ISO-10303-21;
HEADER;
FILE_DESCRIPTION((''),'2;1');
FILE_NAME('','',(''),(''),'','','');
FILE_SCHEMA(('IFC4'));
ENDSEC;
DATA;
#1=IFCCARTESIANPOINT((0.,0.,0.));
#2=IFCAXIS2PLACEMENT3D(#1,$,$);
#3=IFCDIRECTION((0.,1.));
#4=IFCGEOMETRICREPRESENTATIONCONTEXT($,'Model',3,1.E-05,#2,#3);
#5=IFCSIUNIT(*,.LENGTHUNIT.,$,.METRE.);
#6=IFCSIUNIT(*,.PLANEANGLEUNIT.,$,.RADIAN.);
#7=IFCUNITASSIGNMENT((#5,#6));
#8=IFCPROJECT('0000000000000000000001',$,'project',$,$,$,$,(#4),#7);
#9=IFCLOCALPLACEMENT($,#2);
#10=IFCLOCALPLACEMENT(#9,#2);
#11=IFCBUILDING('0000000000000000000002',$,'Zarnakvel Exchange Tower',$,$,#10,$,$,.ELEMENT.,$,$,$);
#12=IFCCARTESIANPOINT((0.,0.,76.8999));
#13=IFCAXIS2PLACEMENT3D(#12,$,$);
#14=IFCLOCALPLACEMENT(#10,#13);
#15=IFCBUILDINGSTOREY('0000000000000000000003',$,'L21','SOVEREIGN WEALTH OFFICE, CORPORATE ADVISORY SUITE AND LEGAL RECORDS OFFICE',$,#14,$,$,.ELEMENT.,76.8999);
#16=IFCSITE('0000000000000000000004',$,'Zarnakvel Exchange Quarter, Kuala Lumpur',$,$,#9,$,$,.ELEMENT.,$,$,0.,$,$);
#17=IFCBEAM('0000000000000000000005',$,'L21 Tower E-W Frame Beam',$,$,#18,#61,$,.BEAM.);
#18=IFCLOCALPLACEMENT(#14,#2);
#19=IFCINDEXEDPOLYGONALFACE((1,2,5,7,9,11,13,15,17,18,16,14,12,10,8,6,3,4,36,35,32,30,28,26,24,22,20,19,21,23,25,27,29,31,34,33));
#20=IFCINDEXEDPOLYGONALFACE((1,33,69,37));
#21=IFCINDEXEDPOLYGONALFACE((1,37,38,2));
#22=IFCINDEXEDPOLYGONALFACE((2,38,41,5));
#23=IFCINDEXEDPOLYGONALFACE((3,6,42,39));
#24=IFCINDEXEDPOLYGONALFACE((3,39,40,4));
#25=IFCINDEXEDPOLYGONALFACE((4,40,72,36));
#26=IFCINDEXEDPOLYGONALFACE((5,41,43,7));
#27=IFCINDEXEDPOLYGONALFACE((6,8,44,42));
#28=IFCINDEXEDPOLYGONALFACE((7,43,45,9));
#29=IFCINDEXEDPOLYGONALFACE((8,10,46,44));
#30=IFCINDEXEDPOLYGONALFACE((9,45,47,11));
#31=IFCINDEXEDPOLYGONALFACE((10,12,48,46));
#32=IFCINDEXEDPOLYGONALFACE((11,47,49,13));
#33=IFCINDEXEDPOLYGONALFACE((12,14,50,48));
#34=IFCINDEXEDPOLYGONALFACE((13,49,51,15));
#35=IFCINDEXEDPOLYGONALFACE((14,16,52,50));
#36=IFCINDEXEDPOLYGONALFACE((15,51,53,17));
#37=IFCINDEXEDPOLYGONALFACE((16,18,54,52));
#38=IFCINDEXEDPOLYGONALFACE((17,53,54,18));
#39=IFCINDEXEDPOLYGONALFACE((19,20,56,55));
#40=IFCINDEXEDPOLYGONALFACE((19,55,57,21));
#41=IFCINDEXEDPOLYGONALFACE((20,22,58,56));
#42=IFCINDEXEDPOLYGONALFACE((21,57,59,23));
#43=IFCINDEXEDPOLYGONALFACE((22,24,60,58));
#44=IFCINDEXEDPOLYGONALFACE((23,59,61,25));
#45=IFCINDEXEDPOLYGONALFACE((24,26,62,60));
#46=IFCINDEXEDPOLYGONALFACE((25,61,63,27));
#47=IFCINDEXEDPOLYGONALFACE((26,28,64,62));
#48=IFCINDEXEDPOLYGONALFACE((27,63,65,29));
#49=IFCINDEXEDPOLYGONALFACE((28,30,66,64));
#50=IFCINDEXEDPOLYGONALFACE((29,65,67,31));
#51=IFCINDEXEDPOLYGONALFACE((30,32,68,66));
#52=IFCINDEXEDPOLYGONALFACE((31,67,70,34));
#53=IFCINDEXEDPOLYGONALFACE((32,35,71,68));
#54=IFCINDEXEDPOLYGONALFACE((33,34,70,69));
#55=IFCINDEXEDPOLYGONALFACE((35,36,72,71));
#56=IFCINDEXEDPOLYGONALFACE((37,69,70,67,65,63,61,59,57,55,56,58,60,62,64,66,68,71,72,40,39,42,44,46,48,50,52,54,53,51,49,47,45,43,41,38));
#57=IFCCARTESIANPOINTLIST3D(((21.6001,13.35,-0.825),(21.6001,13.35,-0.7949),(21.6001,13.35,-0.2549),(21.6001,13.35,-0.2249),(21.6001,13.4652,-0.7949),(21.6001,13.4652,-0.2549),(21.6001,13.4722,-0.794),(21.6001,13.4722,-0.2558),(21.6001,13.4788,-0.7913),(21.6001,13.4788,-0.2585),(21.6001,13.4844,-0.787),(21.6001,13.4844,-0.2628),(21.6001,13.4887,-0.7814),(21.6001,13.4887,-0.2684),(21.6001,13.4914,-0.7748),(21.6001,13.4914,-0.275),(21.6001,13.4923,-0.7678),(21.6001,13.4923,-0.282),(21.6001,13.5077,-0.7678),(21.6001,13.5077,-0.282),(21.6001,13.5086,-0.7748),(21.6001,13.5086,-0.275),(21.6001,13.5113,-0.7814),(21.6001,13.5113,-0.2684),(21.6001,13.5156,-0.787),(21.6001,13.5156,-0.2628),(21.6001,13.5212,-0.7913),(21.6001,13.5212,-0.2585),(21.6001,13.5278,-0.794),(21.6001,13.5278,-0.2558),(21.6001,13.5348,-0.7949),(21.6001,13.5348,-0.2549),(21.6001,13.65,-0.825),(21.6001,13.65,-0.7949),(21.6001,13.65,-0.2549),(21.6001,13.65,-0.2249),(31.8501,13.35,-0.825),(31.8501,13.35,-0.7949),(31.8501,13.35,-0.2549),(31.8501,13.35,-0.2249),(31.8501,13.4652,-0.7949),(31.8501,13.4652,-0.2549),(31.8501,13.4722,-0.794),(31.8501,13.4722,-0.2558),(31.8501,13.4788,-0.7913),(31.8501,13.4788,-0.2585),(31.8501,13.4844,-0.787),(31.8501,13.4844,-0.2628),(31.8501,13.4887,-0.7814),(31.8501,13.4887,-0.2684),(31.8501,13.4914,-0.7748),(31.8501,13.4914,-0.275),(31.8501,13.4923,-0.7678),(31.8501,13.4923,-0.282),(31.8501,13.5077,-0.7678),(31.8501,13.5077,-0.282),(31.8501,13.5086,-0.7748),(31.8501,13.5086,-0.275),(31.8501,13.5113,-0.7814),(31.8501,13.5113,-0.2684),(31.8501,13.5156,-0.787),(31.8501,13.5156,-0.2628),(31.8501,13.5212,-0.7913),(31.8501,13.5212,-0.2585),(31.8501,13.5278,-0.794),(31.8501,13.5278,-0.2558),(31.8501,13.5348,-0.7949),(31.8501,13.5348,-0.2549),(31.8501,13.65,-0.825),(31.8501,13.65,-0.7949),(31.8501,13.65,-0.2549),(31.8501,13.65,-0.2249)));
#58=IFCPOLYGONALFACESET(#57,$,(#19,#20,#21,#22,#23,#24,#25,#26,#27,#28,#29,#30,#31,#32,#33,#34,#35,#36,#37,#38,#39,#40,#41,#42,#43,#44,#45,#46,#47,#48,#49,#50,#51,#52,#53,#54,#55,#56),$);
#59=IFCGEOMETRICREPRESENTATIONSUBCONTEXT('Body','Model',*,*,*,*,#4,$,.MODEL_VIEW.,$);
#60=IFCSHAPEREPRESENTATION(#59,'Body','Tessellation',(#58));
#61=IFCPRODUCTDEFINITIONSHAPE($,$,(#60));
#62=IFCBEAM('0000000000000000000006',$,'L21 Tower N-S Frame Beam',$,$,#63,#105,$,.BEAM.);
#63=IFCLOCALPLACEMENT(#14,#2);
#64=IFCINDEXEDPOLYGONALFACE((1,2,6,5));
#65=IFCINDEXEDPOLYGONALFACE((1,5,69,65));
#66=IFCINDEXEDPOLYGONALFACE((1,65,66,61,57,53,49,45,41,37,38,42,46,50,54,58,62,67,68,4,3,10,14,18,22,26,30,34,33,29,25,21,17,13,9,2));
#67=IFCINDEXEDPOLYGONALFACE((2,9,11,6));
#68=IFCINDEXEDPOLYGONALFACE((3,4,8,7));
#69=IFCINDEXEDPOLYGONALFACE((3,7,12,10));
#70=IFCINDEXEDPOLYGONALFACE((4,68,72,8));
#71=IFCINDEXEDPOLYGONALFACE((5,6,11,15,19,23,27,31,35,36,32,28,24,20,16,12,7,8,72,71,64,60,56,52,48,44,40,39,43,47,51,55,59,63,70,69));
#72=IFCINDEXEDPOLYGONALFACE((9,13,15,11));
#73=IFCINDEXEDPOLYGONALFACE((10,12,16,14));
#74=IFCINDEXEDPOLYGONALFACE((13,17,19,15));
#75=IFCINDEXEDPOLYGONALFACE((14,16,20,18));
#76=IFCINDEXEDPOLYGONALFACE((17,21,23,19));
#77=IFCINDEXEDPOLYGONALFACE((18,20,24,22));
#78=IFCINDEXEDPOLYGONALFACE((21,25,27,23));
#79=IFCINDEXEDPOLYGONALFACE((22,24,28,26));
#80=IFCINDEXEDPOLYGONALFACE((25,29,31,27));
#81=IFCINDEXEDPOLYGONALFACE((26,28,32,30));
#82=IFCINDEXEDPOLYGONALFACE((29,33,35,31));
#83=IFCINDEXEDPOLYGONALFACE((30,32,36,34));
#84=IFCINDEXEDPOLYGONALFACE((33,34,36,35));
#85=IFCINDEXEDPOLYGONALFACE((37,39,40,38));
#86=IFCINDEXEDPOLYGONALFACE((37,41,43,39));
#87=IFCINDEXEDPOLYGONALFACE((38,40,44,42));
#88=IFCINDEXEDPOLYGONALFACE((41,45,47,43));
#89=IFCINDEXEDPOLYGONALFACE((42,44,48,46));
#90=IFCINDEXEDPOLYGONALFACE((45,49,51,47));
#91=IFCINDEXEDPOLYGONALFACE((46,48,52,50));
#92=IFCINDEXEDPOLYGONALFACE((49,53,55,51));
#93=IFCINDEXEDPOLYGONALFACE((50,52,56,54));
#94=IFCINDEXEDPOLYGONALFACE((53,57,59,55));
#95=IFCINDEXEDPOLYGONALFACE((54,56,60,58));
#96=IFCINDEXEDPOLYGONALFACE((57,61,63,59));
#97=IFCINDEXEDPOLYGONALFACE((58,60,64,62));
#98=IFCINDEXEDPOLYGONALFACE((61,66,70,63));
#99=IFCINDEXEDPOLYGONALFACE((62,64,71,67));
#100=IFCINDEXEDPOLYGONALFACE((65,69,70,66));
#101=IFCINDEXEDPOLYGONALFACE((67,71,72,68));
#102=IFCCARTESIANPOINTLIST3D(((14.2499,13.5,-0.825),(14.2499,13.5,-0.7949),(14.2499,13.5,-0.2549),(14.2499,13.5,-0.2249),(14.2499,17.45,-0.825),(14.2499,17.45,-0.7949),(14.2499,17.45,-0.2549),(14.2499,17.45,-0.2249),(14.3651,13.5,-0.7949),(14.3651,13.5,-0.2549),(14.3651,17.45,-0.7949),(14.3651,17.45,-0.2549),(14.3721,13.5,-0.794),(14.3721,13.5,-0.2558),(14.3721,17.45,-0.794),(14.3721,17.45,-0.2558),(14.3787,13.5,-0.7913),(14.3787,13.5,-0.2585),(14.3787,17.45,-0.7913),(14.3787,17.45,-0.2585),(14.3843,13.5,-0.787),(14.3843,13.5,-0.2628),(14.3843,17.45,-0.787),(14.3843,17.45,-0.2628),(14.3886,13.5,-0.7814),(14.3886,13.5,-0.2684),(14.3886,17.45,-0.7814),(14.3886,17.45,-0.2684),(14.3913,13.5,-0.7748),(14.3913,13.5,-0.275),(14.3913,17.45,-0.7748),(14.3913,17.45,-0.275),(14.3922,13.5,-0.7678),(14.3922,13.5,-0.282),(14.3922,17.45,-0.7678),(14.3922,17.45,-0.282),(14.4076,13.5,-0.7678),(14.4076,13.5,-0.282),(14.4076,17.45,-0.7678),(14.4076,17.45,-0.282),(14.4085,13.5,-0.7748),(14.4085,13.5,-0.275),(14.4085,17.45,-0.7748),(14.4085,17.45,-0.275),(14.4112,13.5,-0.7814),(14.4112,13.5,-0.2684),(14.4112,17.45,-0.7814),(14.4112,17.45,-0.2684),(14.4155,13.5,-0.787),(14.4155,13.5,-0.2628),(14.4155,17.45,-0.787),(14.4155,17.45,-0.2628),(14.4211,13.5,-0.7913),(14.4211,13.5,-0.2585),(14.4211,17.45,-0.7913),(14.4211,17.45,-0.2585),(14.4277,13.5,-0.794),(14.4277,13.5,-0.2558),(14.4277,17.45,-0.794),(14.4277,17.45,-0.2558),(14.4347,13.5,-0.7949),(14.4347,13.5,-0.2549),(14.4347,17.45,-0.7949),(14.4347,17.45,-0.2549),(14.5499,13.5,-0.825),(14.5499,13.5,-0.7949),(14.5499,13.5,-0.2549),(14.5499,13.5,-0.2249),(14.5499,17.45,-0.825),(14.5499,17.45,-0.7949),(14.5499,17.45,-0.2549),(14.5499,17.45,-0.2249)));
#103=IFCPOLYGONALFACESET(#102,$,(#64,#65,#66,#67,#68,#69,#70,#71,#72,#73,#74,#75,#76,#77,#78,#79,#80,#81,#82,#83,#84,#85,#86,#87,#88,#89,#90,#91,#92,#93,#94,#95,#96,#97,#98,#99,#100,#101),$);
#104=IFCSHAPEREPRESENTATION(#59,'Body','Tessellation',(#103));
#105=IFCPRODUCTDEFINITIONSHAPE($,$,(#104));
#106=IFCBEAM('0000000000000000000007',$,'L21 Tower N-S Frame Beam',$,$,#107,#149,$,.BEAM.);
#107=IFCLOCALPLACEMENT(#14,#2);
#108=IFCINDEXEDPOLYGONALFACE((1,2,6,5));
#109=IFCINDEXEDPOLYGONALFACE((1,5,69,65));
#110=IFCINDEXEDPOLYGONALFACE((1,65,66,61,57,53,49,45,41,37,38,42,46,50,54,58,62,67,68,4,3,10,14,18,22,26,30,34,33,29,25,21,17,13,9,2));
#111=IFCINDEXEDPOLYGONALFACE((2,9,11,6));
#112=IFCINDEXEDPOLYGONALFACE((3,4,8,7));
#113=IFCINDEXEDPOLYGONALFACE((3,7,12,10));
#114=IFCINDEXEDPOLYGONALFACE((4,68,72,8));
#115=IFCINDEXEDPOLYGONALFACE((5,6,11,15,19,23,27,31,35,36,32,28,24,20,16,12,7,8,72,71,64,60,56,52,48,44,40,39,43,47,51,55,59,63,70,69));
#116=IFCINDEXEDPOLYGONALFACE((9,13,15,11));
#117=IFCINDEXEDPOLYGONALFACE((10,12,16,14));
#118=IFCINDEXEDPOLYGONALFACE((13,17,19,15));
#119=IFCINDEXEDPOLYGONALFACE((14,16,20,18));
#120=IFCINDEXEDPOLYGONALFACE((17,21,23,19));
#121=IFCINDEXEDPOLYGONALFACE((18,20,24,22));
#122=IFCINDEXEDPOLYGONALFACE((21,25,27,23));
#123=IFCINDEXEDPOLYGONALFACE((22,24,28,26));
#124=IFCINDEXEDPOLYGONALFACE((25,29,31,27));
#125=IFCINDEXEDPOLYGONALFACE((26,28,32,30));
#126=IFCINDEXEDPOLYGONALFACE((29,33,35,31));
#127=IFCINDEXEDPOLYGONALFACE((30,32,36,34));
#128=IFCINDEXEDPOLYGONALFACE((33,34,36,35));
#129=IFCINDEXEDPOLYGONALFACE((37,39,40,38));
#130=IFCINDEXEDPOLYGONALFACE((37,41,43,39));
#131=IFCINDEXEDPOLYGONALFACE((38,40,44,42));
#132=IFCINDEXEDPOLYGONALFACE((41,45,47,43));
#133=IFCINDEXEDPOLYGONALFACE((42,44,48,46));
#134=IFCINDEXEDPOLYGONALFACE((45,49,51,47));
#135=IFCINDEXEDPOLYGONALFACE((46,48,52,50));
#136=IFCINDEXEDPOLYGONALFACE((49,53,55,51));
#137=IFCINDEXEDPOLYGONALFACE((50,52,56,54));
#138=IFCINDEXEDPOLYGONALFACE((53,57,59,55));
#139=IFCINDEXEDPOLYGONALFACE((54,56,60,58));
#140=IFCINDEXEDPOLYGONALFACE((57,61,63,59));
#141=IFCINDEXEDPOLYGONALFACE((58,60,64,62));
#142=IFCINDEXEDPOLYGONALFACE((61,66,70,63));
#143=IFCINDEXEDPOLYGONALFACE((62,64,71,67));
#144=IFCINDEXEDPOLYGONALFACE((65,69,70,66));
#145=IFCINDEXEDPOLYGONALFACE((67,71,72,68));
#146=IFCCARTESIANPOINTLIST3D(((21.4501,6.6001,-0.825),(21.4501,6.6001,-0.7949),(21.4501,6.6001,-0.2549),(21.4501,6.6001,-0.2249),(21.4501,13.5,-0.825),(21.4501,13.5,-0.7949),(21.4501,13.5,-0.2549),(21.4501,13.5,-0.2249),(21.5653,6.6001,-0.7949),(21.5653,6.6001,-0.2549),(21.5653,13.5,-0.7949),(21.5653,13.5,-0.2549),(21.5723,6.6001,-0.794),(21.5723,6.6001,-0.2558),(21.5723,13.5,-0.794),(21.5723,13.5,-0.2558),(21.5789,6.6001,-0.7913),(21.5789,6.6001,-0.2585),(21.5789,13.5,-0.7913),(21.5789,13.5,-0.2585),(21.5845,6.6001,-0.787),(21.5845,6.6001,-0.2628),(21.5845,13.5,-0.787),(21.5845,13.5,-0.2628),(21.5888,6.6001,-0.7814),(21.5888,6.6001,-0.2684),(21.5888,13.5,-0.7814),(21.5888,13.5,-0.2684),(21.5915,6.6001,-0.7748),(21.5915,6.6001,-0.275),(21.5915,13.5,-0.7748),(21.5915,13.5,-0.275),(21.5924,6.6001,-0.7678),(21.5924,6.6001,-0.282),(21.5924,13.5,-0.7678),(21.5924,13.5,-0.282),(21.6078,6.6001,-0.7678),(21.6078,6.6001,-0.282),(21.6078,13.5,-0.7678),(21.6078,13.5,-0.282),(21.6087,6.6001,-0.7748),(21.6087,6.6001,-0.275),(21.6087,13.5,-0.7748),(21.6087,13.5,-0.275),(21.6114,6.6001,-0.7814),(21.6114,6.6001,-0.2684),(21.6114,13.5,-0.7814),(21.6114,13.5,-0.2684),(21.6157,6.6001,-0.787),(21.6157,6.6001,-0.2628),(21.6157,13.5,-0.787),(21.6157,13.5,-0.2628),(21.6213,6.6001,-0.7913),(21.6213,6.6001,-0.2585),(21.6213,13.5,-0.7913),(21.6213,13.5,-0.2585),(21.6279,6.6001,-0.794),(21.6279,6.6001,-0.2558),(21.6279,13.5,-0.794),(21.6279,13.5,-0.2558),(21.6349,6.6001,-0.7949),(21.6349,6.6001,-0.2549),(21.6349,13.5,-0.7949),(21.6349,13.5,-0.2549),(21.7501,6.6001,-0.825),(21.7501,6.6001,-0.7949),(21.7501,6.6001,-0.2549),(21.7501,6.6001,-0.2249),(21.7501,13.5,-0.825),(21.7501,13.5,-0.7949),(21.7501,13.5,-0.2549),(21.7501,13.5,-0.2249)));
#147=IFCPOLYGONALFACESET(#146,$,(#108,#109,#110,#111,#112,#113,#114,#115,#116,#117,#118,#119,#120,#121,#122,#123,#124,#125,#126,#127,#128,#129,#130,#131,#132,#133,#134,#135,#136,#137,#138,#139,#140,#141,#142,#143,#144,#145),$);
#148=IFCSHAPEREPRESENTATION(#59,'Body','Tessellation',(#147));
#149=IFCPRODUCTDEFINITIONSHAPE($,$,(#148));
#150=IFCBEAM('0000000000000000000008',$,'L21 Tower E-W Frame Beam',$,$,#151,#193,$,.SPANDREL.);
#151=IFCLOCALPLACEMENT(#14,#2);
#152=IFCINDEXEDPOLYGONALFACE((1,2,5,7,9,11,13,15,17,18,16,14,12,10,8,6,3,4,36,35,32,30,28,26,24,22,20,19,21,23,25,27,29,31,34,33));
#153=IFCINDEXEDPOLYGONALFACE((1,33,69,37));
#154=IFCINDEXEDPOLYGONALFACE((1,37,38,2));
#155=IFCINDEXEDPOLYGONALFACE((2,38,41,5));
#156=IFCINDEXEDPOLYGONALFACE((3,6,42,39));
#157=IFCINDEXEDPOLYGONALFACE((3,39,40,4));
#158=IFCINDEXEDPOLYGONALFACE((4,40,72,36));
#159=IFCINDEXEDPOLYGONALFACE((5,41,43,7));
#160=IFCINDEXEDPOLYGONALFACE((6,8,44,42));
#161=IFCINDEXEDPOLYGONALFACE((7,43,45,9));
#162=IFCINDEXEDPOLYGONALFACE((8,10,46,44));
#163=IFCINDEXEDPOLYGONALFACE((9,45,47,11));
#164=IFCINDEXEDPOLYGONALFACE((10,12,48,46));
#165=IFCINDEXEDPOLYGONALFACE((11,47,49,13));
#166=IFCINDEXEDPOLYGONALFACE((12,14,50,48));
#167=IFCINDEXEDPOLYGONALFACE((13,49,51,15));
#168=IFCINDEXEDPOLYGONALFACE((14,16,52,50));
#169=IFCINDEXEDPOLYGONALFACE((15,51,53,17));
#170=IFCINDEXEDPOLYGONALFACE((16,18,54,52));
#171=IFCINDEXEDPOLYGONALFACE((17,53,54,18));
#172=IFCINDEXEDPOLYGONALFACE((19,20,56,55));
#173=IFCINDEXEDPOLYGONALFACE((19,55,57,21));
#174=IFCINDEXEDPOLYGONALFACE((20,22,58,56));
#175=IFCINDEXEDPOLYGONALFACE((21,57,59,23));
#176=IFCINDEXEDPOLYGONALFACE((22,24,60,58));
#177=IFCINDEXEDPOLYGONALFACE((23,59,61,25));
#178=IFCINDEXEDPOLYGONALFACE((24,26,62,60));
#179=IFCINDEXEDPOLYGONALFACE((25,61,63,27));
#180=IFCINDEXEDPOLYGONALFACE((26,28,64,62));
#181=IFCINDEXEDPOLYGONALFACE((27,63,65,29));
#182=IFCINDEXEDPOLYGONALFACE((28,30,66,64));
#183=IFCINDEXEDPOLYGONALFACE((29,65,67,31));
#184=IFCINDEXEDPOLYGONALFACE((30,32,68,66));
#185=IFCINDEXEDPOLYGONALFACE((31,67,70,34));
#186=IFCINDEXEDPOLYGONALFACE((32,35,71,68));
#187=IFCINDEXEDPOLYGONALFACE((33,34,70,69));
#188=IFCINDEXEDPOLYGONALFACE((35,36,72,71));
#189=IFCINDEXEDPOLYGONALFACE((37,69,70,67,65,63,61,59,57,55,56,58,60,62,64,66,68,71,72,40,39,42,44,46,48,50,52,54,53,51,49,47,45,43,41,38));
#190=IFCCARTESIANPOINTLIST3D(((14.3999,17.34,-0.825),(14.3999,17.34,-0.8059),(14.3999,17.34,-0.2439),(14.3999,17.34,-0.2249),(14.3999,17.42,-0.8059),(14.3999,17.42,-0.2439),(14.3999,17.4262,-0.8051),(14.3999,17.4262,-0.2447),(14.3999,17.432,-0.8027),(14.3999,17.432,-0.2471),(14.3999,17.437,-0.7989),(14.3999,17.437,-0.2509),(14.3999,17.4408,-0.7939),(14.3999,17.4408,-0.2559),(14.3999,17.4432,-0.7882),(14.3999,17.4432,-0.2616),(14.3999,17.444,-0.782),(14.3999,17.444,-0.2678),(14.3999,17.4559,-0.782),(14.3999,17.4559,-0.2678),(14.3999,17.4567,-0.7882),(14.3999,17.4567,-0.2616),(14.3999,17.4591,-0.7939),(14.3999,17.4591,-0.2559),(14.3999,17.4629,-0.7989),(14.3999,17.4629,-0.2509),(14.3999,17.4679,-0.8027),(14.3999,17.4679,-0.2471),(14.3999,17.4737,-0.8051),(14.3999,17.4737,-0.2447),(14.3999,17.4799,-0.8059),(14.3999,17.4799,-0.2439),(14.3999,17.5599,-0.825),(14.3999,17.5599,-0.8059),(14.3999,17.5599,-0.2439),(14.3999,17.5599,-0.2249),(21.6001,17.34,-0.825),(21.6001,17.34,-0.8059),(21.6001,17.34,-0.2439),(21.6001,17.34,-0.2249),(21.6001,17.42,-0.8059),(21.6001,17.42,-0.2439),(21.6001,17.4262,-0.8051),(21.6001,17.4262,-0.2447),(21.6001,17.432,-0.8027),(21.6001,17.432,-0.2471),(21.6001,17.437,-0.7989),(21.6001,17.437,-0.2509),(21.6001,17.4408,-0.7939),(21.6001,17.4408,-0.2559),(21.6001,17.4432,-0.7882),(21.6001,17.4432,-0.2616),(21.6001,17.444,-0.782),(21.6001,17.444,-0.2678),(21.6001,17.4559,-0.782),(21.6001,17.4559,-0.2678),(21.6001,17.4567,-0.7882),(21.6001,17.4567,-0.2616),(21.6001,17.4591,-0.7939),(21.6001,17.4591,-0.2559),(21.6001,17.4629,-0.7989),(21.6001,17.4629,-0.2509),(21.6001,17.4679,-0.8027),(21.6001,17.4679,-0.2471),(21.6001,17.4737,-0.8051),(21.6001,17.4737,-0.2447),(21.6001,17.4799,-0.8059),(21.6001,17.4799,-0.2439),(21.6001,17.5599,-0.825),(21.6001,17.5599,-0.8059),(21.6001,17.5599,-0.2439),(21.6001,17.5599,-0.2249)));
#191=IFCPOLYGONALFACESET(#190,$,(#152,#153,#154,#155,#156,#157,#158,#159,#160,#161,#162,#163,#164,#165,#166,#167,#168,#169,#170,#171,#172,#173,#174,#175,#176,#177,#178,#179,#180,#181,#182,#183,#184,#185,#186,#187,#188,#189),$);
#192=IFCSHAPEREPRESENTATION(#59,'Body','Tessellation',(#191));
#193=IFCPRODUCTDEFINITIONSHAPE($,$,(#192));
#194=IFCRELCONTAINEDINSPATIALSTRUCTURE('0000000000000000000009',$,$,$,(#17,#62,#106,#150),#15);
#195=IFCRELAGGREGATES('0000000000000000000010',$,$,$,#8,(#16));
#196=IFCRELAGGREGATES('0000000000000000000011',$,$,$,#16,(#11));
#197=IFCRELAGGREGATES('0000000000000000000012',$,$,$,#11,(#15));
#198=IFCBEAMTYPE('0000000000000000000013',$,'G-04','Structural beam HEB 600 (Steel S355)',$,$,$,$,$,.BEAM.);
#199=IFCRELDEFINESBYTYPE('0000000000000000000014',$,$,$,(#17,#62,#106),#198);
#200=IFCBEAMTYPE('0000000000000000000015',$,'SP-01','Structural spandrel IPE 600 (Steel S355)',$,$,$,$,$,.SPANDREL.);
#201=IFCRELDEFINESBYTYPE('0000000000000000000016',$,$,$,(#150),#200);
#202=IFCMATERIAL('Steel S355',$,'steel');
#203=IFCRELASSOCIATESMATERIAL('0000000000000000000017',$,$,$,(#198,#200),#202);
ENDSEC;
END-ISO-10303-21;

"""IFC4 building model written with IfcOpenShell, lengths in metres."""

from ifc_helpers import new_model, si_unit, direction, frame, origin, origin_2d, place, context, subcontext, project, spatial, i_section, extrude, material, material_profile, profile_set, type_object, element, save


model = new_model("IFC4")

# Units and contexts
model_context = context("Model", 3, precision=1e-05, world=origin(), true_north=direction((0.0, 1.0)))
body_context = subcontext(model_context, "Body", "Model", "MODEL_VIEW")
ifc_project = project(units=[si_unit("LENGTHUNIT", "METRE"), si_unit("PLANEANGLEUNIT", "RADIAN")], contexts=[model_context])

# Site, building, storey
site_placement = place(None, origin())
site = spatial("IfcSite", under=ifc_project, at=site_placement, Name="Zarnakvel Exchange Quarter, Kuala Lumpur", CompositionType="ELEMENT", RefElevation=0.0)
building_placement = place(site_placement, origin())
building = spatial("IfcBuilding", under=site, at=building_placement, Name="Zarnakvel Exchange Tower", CompositionType="ELEMENT")
storey_placement = place(building_placement, frame((0.0, 0.0, 76.8999)))
storey = spatial("IfcBuildingStorey", under=building, at=storey_placement, Name="L21", Description="SOVEREIGN WEALTH OFFICE, CORPORATE ADVISORY SUITE AND LEGAL RECORDS OFFICE", CompositionType="ELEMENT", Elevation=76.8999)

# Beams
ifc_material_1 = material(Name="Steel S355", Category="steel")
ifc_material_profile_1 = material_profile(ifc_material_1, i_section(OverallWidth=0.3, OverallDepth=0.6001, WebThickness=0.0154, FlangeThickness=0.03, FilletRadius=0.0271, at=origin_2d()))
ifc_profile_set_1 = profile_set([ifc_material_profile_1], Name="Steel S355")
beam_type_1 = type_object("IfcBeamType", Name="G-04", Description="Structural beam HEB 600 (Steel S355)", PredefinedType="BEAM", material=ifc_profile_set_1)
beam_1_placement = place(storey_placement, frame((21.6001, 13.5, -0.5249), z_axis=(1.0, 0.0, 0.0), x_axis=(0.0, 1.0, 0.0)))
element("IfcBeam", 1, at=beam_1_placement, inside=storey, type_object=beam_type_1, Name="L21 Tower E-W Frame Beam", PredefinedType="BEAM", context=body_context, shape_type="SweptSolid", body=[
    extrude(i_section(OverallWidth=0.3, OverallDepth=0.6001, WebThickness=0.0154, FlangeThickness=0.03, FilletRadius=0.0271, at=origin_2d()), origin(), (0.0, 0.0, 1.0), 10.25),
])
beam_2_placement = place(storey_placement, frame((14.3999, 13.5, -0.5249), z_axis=(0.0, 1.0, 0.0), x_axis=(-1.0, 0.0, 0.0)))
element("IfcBeam", 2, at=beam_2_placement, inside=storey, type_object=beam_type_1, Name="L21 Tower N-S Frame Beam", PredefinedType="BEAM", context=body_context, shape_type="SweptSolid", body=[
    extrude(i_section(OverallWidth=0.3, OverallDepth=0.6001, WebThickness=0.0154, FlangeThickness=0.03, FilletRadius=0.0271, at=origin_2d()), origin(), (0.0, 0.0, 1.0), 3.95),
])
beam_3_placement = place(storey_placement, frame((21.6001, 6.6001, -0.5249), z_axis=(0.0, 1.0, 0.0), x_axis=(-1.0, 0.0, 0.0)))
element("IfcBeam", 3, at=beam_3_placement, inside=storey, type_object=beam_type_1, Name="L21 Tower N-S Frame Beam", PredefinedType="BEAM", context=body_context, shape_type="SweptSolid", body=[
    extrude(i_section(OverallWidth=0.3, OverallDepth=0.6001, WebThickness=0.0154, FlangeThickness=0.03, FilletRadius=0.0271, at=origin_2d()), origin(), (0.0, 0.0, 1.0), 6.8999),
])
ifc_material_profile_2 = material_profile(ifc_material_1, i_section(OverallWidth=0.22, OverallDepth=0.6001, WebThickness=0.012, FlangeThickness=0.019, FilletRadius=0.0239, at=origin_2d()))
ifc_profile_set_2 = profile_set([ifc_material_profile_2], Name="Steel S355")
beam_type_2 = type_object("IfcBeamType", Name="SP-01", Description="Structural spandrel IPE 600 (Steel S355)", PredefinedType="SPANDREL", material=ifc_profile_set_2)
beam_4_placement = place(storey_placement, frame((14.3999, 17.45, -0.5249), z_axis=(1.0, 0.0, 0.0), x_axis=(0.0, 1.0, 0.0)))
element("IfcBeam", 4, at=beam_4_placement, inside=storey, type_object=beam_type_2, Name="L21 Tower E-W Frame Beam", PredefinedType="SPANDREL", context=body_context, shape_type="SweptSolid", body=[
    extrude(i_section(OverallWidth=0.22, OverallDepth=0.6001, WebThickness=0.012, FlangeThickness=0.019, FilletRadius=0.0239, at=origin_2d()), origin(), (0.0, 0.0, 1.0), 7.2002),
])

save(model, "model.ifc")
